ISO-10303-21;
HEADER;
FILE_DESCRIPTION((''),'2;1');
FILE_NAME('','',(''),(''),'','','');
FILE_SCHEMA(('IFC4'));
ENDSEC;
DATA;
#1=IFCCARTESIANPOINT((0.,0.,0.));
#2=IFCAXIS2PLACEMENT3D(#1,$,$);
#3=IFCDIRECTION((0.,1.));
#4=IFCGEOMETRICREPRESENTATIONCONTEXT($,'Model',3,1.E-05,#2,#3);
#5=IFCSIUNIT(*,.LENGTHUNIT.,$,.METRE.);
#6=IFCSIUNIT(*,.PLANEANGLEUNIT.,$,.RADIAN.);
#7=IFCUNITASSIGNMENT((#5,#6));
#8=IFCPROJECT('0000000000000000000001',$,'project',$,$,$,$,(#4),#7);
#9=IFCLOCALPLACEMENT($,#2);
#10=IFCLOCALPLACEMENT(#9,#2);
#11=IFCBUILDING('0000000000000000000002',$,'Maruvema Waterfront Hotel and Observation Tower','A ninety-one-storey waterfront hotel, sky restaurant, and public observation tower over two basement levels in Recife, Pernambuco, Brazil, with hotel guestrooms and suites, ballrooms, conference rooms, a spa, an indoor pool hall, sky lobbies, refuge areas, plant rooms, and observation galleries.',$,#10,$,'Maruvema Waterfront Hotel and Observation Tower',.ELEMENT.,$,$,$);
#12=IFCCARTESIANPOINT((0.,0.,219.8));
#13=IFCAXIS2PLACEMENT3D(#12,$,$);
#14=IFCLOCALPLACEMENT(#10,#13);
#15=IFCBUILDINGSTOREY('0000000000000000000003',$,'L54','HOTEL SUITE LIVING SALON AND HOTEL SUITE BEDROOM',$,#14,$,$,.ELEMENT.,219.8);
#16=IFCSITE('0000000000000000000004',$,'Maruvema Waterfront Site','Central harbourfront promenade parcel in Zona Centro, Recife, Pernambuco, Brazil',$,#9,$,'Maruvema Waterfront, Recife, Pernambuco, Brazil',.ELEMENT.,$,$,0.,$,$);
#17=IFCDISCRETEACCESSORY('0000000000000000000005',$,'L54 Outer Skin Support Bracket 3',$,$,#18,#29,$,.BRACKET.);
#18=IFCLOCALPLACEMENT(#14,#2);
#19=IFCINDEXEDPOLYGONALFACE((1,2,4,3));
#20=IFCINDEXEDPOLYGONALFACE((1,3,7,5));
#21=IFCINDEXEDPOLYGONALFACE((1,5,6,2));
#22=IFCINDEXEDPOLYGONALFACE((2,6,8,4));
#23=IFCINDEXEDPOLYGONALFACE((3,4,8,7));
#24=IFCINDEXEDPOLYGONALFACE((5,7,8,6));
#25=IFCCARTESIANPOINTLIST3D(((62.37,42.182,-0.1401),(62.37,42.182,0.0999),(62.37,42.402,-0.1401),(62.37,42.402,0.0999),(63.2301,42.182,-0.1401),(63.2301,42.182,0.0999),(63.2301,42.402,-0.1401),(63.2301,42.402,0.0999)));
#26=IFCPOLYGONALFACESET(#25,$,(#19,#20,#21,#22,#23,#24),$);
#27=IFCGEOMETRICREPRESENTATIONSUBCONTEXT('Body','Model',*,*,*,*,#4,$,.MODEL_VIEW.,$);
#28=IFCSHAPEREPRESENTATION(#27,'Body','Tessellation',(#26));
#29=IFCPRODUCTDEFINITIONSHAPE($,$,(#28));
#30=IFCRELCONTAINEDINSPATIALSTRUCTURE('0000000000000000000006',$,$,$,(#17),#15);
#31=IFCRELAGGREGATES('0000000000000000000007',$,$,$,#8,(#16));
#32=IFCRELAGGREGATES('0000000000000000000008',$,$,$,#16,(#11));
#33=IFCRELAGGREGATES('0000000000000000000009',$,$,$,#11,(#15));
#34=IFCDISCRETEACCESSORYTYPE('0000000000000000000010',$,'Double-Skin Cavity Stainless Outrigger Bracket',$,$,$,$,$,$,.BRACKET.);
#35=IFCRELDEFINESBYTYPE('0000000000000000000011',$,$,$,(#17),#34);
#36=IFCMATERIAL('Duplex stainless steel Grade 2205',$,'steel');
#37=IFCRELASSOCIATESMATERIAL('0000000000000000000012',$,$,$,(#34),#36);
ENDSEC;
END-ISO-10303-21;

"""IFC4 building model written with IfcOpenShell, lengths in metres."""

from ifc_helpers import new_model, si_unit, direction, frame, origin, origin_2d, place, context, subcontext, project, spatial, rectangle, extrude, material, type_object, element, save


model = new_model("IFC4")

# Units and contexts
model_context = context("Model", 3, precision=1e-05, world=origin(), true_north=direction((0.0, 1.0)))
body_context = subcontext(model_context, "Body", "Model", "MODEL_VIEW")
ifc_project = project(units=[si_unit("LENGTHUNIT", "METRE"), si_unit("PLANEANGLEUNIT", "RADIAN")], contexts=[model_context])

# Site, building, storey
site_placement = place(None, origin())
site = spatial("IfcSite", under=ifc_project, at=site_placement, Name="Maruvema Waterfront Site", Description="Central harbourfront promenade parcel in Zona Centro, Recife, Pernambuco, Brazil", LongName="Maruvema Waterfront, Recife, Pernambuco, Brazil", CompositionType="ELEMENT", RefElevation=0.0)
building_placement = place(site_placement, origin())
building = spatial("IfcBuilding", under=site, at=building_placement, Name="Maruvema Waterfront Hotel and Observation Tower", Description="A ninety-one-storey waterfront hotel, sky restaurant, and public observation tower over two basement levels in Recife, Pernambuco, Brazil, with hotel guestrooms and suites, ballrooms, conference rooms, a spa, an indoor pool hall, sky lobbies, refuge areas, plant rooms, and observation galleries.", LongName="Maruvema Waterfront Hotel and Observation Tower", CompositionType="ELEMENT")
storey_placement = place(building_placement, frame((0.0, 0.0, 219.8)))
storey = spatial("IfcBuildingStorey", under=building, at=storey_placement, Name="L54", Description="HOTEL SUITE LIVING SALON AND HOTEL SUITE BEDROOM", CompositionType="ELEMENT", Elevation=219.8)

# Discrete accessory
ifc_material_1 = material(Name="Duplex stainless steel Grade 2205", Category="steel")
discrete_accessory_type = type_object("IfcDiscreteAccessoryType", Name="Double-Skin Cavity Stainless Outrigger Bracket", PredefinedType="BRACKET", material=ifc_material_1)
discrete_accessory_placement = place(storey_placement, frame((62.8, 42.292, -0.1401), z_axis=(0.0, 0.0, 1.0), x_axis=(0.0, 1.0, 0.0)))
element("IfcDiscreteAccessory", 1, at=discrete_accessory_placement, inside=storey, type_object=discrete_accessory_type, Name="L54 Outer Skin Support Bracket 3", PredefinedType="BRACKET", context=body_context, shape_type="SweptSolid", body=[
    extrude(rectangle(XDim=0.22, YDim=0.8601, at=origin_2d()), origin(), (0.0, 0.0, 1.0), 0.24),
])

save(model, "model.ifc")
